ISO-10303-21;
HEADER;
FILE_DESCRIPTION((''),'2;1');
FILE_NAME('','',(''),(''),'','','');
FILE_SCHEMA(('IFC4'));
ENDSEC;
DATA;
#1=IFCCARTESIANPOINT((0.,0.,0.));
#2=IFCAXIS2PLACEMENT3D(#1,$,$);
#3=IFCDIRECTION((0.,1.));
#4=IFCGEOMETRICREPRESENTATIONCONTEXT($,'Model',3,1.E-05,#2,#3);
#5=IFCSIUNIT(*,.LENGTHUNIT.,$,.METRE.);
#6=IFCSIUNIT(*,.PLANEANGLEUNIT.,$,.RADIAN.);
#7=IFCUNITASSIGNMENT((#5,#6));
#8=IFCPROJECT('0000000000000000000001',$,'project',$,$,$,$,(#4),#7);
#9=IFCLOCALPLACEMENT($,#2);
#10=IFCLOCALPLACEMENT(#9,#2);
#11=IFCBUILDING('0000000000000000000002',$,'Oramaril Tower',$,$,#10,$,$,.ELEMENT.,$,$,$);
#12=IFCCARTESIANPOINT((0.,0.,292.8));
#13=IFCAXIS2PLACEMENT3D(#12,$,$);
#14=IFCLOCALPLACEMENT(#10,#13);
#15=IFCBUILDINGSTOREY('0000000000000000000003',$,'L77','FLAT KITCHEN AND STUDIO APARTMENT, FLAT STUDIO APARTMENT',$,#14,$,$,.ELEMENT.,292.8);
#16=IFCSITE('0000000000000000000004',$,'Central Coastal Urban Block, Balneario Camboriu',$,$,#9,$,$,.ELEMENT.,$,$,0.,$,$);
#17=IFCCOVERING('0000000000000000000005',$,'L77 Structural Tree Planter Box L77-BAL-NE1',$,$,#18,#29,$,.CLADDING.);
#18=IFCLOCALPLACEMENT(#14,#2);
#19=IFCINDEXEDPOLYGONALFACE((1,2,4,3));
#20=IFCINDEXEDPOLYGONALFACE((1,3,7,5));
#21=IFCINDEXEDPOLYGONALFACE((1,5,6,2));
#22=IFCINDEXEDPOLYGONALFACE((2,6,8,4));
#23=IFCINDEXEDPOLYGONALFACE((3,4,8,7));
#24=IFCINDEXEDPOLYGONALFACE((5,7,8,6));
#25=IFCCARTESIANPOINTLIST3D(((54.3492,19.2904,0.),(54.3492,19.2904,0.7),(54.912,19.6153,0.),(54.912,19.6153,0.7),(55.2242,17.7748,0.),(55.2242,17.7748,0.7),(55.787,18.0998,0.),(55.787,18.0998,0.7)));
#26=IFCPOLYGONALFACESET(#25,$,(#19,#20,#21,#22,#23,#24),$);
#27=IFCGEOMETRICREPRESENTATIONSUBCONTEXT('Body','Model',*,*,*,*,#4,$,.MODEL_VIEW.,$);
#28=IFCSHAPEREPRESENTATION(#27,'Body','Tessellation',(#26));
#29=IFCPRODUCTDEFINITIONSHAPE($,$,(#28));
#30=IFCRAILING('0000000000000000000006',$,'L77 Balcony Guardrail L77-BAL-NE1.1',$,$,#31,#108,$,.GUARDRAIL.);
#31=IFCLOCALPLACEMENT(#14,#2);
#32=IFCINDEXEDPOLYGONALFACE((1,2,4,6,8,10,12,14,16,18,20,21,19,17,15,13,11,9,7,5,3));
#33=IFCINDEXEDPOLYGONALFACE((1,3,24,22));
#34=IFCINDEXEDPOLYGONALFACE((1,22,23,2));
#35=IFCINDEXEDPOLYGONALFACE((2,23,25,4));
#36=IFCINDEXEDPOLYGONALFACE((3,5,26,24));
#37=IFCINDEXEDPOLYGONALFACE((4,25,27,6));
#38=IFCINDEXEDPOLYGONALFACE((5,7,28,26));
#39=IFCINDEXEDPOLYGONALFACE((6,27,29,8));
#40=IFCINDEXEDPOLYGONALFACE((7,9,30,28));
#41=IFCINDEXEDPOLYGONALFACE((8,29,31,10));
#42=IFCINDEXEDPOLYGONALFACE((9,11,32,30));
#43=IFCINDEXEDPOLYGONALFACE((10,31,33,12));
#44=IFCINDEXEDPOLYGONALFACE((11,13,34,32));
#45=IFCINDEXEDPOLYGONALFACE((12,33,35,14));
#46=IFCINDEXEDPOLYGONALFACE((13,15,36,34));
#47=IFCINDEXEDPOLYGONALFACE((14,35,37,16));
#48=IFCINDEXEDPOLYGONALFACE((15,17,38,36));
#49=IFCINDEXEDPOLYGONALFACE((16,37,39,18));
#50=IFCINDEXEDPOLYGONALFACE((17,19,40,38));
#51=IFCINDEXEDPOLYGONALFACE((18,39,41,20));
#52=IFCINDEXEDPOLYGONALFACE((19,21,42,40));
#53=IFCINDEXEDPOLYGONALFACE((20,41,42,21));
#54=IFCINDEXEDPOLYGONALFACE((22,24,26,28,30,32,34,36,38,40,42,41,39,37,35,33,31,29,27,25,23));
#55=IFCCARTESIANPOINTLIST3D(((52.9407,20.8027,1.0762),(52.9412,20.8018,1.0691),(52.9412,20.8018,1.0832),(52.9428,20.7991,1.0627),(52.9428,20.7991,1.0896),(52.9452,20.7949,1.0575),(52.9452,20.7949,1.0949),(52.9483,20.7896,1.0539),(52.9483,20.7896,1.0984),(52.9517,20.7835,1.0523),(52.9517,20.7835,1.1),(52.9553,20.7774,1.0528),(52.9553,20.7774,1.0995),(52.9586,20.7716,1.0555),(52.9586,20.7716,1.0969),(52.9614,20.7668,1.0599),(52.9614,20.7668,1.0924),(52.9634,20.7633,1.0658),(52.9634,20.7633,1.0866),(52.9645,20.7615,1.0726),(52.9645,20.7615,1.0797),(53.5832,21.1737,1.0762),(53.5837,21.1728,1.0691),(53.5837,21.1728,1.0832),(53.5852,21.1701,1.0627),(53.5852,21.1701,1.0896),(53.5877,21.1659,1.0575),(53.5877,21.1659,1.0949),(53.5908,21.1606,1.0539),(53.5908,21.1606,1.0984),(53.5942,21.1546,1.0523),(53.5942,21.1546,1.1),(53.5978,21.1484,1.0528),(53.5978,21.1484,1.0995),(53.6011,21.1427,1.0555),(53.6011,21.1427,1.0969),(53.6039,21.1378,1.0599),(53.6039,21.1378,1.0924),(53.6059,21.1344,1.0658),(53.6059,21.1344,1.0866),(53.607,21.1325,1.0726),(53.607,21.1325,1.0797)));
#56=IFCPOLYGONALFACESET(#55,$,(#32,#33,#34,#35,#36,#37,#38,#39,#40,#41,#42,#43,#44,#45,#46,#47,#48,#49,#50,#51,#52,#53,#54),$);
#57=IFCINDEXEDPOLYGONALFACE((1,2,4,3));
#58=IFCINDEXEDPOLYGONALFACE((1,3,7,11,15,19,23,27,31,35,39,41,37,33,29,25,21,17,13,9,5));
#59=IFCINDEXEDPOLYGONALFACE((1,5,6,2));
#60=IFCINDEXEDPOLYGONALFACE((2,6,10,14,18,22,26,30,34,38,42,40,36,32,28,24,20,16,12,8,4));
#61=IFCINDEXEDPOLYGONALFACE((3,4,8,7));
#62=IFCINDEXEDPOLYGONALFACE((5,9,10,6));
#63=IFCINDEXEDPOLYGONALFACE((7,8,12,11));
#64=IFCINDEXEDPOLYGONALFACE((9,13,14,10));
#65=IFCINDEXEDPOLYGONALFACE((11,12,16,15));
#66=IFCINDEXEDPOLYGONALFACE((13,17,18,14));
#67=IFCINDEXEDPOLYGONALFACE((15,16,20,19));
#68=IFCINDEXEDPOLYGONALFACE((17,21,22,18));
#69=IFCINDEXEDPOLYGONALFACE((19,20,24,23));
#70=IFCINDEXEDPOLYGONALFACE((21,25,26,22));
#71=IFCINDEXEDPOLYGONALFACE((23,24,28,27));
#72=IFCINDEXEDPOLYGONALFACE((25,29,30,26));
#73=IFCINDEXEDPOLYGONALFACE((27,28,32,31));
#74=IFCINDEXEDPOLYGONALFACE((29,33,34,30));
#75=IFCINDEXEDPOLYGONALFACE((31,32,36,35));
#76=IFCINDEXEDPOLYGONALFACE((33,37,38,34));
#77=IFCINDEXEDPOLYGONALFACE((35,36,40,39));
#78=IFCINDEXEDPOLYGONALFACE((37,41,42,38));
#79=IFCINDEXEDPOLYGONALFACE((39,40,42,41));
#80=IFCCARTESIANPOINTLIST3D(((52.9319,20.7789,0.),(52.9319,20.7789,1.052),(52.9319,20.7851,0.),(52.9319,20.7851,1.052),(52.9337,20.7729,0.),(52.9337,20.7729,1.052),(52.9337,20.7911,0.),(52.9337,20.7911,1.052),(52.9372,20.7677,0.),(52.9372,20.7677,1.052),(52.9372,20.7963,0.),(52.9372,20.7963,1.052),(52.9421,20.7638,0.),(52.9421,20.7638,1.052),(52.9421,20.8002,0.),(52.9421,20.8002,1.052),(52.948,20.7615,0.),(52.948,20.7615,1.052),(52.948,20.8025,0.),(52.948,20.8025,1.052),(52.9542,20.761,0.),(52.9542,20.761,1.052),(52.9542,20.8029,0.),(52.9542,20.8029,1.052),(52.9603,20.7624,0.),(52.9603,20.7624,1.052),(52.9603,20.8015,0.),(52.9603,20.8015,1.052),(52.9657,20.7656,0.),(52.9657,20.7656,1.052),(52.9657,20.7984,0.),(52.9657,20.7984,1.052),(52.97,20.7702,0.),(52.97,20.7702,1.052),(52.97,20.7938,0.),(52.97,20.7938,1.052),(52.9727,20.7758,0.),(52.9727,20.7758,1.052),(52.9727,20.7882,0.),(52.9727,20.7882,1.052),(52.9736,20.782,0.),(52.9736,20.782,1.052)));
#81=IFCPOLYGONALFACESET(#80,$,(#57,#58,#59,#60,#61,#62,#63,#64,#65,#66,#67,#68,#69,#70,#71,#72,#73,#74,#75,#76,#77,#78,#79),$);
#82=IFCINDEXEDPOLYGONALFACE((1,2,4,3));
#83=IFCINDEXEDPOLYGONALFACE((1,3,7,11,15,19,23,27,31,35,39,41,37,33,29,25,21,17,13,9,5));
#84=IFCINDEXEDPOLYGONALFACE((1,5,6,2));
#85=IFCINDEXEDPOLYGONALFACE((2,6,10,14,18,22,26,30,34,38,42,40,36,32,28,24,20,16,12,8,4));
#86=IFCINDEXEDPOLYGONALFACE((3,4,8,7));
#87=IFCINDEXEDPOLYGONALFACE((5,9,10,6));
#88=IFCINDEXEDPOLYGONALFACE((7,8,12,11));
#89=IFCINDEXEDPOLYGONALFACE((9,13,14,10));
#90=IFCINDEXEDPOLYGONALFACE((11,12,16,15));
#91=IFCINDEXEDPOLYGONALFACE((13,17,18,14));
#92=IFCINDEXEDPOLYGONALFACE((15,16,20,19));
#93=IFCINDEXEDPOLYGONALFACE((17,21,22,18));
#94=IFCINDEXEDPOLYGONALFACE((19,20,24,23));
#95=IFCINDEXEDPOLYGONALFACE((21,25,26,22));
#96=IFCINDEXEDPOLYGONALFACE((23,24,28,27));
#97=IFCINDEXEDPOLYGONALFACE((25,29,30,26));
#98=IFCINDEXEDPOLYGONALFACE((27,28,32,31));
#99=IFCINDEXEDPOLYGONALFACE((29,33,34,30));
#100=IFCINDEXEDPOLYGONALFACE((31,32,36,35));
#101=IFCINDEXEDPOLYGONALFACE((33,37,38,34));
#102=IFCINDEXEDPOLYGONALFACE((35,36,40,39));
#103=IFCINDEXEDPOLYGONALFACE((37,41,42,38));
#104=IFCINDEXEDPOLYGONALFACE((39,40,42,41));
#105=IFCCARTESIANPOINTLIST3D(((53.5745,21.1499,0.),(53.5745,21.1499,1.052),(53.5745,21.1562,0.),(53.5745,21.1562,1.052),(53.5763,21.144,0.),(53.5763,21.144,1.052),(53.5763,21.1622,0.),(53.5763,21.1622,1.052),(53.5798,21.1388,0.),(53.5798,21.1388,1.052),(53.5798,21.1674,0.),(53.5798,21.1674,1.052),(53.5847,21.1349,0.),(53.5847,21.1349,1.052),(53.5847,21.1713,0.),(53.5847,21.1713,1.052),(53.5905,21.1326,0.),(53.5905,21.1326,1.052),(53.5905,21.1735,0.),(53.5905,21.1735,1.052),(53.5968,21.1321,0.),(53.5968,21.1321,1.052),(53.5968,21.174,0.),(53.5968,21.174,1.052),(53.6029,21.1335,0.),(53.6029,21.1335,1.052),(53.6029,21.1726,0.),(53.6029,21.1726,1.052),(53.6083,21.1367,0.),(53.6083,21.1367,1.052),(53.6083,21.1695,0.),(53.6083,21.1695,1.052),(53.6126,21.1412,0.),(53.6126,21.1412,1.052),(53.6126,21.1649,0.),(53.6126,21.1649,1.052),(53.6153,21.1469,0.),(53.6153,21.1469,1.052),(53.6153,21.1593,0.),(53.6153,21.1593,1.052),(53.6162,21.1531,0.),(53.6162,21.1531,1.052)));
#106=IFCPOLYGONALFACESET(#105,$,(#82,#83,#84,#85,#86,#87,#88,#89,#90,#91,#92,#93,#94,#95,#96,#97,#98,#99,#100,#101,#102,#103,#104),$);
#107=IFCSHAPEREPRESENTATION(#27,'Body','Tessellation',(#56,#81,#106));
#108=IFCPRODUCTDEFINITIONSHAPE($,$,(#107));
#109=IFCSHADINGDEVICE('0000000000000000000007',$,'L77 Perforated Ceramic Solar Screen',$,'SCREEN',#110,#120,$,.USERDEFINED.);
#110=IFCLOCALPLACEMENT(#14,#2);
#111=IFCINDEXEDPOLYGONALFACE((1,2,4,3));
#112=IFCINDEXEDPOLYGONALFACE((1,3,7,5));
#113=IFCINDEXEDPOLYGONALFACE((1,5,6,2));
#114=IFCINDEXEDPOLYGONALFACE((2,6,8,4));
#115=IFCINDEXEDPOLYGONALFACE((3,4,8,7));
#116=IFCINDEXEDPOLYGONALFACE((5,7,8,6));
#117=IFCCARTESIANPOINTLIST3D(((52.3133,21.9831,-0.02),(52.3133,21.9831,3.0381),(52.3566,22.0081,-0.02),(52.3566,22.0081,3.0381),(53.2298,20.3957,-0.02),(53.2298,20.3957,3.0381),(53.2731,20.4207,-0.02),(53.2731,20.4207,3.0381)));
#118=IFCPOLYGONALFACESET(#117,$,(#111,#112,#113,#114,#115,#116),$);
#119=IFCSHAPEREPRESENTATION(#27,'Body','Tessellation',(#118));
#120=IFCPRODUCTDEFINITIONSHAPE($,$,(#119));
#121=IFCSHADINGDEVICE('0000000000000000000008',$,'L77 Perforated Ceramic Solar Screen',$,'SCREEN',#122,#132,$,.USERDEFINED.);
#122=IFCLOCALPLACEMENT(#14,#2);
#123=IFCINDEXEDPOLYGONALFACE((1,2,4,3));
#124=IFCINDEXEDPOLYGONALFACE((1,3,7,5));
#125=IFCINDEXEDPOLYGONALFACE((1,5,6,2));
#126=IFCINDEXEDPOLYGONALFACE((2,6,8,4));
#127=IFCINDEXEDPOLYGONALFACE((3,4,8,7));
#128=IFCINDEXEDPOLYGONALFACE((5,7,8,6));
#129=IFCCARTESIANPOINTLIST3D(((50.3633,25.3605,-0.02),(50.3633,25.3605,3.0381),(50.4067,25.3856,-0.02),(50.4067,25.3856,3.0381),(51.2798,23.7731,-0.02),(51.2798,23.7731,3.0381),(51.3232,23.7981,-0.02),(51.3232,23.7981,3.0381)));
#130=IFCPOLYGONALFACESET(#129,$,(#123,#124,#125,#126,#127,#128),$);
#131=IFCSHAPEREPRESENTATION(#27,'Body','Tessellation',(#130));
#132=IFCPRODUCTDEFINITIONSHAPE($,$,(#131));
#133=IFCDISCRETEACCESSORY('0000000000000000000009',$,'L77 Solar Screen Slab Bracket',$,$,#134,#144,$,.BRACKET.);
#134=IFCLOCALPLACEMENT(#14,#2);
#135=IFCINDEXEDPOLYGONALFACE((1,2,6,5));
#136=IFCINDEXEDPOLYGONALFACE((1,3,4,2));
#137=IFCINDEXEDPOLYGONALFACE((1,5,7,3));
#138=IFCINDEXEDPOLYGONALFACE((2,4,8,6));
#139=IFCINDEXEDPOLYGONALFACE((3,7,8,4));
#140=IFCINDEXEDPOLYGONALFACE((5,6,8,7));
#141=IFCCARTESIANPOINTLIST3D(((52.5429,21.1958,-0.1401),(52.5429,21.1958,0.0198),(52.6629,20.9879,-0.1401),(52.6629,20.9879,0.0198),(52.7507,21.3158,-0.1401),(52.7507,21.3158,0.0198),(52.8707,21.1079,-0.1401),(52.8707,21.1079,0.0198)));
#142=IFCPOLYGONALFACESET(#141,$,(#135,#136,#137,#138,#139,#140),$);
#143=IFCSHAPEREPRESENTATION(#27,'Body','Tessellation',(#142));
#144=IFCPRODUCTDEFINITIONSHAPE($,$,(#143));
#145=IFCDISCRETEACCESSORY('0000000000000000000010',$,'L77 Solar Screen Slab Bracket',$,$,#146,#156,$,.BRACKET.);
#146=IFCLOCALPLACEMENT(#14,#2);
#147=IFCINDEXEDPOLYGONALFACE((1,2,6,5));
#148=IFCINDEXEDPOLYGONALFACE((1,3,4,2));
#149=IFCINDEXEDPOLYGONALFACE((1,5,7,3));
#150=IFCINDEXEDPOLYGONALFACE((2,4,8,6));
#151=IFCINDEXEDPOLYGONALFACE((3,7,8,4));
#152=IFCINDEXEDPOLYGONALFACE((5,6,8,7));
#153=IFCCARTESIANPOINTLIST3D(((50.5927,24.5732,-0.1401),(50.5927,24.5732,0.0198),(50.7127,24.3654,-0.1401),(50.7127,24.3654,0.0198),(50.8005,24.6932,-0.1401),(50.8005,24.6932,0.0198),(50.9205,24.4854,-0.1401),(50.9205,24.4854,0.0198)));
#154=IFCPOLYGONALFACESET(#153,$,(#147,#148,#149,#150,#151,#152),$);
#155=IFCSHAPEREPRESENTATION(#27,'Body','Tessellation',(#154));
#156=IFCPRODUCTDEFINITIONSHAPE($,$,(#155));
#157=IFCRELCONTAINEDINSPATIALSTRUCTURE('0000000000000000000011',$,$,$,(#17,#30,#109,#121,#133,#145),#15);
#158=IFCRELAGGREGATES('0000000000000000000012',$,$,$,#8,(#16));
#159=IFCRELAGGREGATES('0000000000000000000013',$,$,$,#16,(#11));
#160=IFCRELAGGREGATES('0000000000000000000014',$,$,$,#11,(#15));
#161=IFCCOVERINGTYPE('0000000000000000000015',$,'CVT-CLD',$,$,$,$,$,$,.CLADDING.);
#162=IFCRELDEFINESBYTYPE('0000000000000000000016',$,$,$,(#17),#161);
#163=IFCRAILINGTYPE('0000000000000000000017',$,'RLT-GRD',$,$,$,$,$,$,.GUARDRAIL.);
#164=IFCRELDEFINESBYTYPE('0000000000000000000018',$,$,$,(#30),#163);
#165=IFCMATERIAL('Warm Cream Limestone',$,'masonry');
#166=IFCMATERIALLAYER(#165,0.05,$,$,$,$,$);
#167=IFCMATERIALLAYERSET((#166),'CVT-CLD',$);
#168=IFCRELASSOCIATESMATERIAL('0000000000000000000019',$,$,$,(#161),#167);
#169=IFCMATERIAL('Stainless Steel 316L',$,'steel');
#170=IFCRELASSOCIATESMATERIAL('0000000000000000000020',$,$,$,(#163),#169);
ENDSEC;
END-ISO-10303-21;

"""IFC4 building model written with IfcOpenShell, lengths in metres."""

from ifc_helpers import new_model, si_unit, direction, frame, origin, origin_2d, place, context, subcontext, project, spatial, rectangle, circle, extrude, material, layer, layer_set, type_object, element, save


model = new_model("IFC4")

# Units and contexts
model_context = context("Model", 3, precision=1e-05, world=origin(), true_north=direction((0.0, 1.0)))
body_context = subcontext(model_context, "Body", "Model", "MODEL_VIEW")
ifc_project = project(units=[si_unit("LENGTHUNIT", "METRE"), si_unit("PLANEANGLEUNIT", "RADIAN")], contexts=[model_context])

# Site, building, storey
site_placement = place(None, origin())
site = spatial("IfcSite", under=ifc_project, at=site_placement, Name="Central Coastal Urban Block, Balneario Camboriu", CompositionType="ELEMENT", RefElevation=0.0)
building_placement = place(site_placement, origin())
building = spatial("IfcBuilding", under=site, at=building_placement, Name="Oramaril Tower", CompositionType="ELEMENT")
storey_placement = place(building_placement, frame((0.0, 0.0, 292.8)))
storey = spatial("IfcBuildingStorey", under=building, at=storey_placement, Name="L77", Description="FLAT KITCHEN AND STUDIO APARTMENT, FLAT STUDIO APARTMENT", CompositionType="ELEMENT", Elevation=292.8)

# Covering
ifc_material_1 = material(Name="Warm Cream Limestone", Category="masonry")
ifc_layer_1 = layer(ifc_material_1, 0.05)
ifc_layer_set_1 = layer_set([ifc_layer_1], Name="CVT-CLD")
covering_type = type_object("IfcCoveringType", Name="CVT-CLD", PredefinedType="CLADDING", material=ifc_layer_set_1)
covering_1_placement = place(storey_placement, frame((55.0681, 18.6951, 0.0), z_axis=(0.0, 0.0, 1.0), x_axis=(-0.5, 0.866025, 0.0)))
element("IfcCovering", 1, at=covering_1_placement, inside=storey, type_object=covering_type, Name="L77 Structural Tree Planter Box L77-BAL-NE1", PredefinedType="CLADDING", context=body_context, shape_type="SweptSolid", body=[
    extrude(rectangle(XDim=1.75, YDim=0.6499, at=origin_2d()), origin(), (0.0, 0.0, 1.0), 0.7),
])

# Railing
ifc_material_2 = material(Name="Stainless Steel 316L", Category="steel")
railing_type = type_object("IfcRailingType", Name="RLT-GRD", PredefinedType="GUARDRAIL", material=ifc_material_2)
railing_1_placement = place(storey_placement, frame((52.9526, 20.782, 0.0)))
element("IfcRailing", 2, at=railing_1_placement, inside=storey, type_object=railing_type, Name="L77 Balcony Guardrail L77-BAL-NE1.1", PredefinedType="GUARDRAIL", context=body_context, shape_type="SweptSolid", body=[
    extrude(circle(Radius=0.0239, at=origin_2d()), frame((0.0, 0.0, 1.0762), z_axis=(0.865966, 0.500102, 0.0), x_axis=(-0.500102, 0.865966, 0.0)), (0.0, 0.0, 1.0), 0.7419),
    extrude(circle(Radius=0.021, at=origin_2d()), origin(), (0.0, 0.0, 1.0), 1.052),
    extrude(circle(Radius=0.021, at=origin_2d()), frame((0.6426, 0.3711, 0.0)), (0.0, 0.0, 1.0), 1.052),
])

# Shading devices
for number, where, z_axis, x_axis, name in (
    (3, (52.7932, 21.2019, -0.02), (0.0, 0.0, 1.0), (-0.5, 0.866025, 0.0), "L77 Perforated Ceramic Solar Screen"),
    (4, (50.8433, 24.5793, -0.02), (0.0, 0.0, 1.0), (-0.5, 0.866025, 0.0), "L77 Perforated Ceramic Solar Screen"),
):
    element("IfcShadingDevice", number, at=place(storey_placement, frame(where, z_axis=z_axis, x_axis=x_axis)), inside=storey, Name=name, ObjectType="SCREEN", PredefinedType="USERDEFINED", context=body_context, shape_type="SweptSolid", body=[
        extrude(rectangle(XDim=1.833, YDim=0.05, at=origin_2d()), origin(), (0.0, 0.0, 1.0), 3.0581),
    ])

# Discrete accessories
for number, where, z_axis, x_axis, name in (
    (5, (52.7068, 21.1519, -0.1401), (0.0, 0.0, 1.0), (-0.5, 0.866025, 0.0), "L77 Solar Screen Slab Bracket"),
    (6, (50.7566, 24.5293, -0.1401), (0.0, 0.0, 1.0), (-0.5, 0.866025, 0.0), "L77 Solar Screen Slab Bracket"),
):
    element("IfcDiscreteAccessory", number, at=place(storey_placement, frame(where, z_axis=z_axis, x_axis=x_axis)), inside=storey, Name=name, PredefinedType="BRACKET", context=body_context, shape_type="SweptSolid", body=[
        extrude(rectangle(XDim=0.24, YDim=0.24, at=origin_2d()), origin(), (0.0, 0.0, 1.0), 0.1599),
    ])

save(model, "model.ifc")
